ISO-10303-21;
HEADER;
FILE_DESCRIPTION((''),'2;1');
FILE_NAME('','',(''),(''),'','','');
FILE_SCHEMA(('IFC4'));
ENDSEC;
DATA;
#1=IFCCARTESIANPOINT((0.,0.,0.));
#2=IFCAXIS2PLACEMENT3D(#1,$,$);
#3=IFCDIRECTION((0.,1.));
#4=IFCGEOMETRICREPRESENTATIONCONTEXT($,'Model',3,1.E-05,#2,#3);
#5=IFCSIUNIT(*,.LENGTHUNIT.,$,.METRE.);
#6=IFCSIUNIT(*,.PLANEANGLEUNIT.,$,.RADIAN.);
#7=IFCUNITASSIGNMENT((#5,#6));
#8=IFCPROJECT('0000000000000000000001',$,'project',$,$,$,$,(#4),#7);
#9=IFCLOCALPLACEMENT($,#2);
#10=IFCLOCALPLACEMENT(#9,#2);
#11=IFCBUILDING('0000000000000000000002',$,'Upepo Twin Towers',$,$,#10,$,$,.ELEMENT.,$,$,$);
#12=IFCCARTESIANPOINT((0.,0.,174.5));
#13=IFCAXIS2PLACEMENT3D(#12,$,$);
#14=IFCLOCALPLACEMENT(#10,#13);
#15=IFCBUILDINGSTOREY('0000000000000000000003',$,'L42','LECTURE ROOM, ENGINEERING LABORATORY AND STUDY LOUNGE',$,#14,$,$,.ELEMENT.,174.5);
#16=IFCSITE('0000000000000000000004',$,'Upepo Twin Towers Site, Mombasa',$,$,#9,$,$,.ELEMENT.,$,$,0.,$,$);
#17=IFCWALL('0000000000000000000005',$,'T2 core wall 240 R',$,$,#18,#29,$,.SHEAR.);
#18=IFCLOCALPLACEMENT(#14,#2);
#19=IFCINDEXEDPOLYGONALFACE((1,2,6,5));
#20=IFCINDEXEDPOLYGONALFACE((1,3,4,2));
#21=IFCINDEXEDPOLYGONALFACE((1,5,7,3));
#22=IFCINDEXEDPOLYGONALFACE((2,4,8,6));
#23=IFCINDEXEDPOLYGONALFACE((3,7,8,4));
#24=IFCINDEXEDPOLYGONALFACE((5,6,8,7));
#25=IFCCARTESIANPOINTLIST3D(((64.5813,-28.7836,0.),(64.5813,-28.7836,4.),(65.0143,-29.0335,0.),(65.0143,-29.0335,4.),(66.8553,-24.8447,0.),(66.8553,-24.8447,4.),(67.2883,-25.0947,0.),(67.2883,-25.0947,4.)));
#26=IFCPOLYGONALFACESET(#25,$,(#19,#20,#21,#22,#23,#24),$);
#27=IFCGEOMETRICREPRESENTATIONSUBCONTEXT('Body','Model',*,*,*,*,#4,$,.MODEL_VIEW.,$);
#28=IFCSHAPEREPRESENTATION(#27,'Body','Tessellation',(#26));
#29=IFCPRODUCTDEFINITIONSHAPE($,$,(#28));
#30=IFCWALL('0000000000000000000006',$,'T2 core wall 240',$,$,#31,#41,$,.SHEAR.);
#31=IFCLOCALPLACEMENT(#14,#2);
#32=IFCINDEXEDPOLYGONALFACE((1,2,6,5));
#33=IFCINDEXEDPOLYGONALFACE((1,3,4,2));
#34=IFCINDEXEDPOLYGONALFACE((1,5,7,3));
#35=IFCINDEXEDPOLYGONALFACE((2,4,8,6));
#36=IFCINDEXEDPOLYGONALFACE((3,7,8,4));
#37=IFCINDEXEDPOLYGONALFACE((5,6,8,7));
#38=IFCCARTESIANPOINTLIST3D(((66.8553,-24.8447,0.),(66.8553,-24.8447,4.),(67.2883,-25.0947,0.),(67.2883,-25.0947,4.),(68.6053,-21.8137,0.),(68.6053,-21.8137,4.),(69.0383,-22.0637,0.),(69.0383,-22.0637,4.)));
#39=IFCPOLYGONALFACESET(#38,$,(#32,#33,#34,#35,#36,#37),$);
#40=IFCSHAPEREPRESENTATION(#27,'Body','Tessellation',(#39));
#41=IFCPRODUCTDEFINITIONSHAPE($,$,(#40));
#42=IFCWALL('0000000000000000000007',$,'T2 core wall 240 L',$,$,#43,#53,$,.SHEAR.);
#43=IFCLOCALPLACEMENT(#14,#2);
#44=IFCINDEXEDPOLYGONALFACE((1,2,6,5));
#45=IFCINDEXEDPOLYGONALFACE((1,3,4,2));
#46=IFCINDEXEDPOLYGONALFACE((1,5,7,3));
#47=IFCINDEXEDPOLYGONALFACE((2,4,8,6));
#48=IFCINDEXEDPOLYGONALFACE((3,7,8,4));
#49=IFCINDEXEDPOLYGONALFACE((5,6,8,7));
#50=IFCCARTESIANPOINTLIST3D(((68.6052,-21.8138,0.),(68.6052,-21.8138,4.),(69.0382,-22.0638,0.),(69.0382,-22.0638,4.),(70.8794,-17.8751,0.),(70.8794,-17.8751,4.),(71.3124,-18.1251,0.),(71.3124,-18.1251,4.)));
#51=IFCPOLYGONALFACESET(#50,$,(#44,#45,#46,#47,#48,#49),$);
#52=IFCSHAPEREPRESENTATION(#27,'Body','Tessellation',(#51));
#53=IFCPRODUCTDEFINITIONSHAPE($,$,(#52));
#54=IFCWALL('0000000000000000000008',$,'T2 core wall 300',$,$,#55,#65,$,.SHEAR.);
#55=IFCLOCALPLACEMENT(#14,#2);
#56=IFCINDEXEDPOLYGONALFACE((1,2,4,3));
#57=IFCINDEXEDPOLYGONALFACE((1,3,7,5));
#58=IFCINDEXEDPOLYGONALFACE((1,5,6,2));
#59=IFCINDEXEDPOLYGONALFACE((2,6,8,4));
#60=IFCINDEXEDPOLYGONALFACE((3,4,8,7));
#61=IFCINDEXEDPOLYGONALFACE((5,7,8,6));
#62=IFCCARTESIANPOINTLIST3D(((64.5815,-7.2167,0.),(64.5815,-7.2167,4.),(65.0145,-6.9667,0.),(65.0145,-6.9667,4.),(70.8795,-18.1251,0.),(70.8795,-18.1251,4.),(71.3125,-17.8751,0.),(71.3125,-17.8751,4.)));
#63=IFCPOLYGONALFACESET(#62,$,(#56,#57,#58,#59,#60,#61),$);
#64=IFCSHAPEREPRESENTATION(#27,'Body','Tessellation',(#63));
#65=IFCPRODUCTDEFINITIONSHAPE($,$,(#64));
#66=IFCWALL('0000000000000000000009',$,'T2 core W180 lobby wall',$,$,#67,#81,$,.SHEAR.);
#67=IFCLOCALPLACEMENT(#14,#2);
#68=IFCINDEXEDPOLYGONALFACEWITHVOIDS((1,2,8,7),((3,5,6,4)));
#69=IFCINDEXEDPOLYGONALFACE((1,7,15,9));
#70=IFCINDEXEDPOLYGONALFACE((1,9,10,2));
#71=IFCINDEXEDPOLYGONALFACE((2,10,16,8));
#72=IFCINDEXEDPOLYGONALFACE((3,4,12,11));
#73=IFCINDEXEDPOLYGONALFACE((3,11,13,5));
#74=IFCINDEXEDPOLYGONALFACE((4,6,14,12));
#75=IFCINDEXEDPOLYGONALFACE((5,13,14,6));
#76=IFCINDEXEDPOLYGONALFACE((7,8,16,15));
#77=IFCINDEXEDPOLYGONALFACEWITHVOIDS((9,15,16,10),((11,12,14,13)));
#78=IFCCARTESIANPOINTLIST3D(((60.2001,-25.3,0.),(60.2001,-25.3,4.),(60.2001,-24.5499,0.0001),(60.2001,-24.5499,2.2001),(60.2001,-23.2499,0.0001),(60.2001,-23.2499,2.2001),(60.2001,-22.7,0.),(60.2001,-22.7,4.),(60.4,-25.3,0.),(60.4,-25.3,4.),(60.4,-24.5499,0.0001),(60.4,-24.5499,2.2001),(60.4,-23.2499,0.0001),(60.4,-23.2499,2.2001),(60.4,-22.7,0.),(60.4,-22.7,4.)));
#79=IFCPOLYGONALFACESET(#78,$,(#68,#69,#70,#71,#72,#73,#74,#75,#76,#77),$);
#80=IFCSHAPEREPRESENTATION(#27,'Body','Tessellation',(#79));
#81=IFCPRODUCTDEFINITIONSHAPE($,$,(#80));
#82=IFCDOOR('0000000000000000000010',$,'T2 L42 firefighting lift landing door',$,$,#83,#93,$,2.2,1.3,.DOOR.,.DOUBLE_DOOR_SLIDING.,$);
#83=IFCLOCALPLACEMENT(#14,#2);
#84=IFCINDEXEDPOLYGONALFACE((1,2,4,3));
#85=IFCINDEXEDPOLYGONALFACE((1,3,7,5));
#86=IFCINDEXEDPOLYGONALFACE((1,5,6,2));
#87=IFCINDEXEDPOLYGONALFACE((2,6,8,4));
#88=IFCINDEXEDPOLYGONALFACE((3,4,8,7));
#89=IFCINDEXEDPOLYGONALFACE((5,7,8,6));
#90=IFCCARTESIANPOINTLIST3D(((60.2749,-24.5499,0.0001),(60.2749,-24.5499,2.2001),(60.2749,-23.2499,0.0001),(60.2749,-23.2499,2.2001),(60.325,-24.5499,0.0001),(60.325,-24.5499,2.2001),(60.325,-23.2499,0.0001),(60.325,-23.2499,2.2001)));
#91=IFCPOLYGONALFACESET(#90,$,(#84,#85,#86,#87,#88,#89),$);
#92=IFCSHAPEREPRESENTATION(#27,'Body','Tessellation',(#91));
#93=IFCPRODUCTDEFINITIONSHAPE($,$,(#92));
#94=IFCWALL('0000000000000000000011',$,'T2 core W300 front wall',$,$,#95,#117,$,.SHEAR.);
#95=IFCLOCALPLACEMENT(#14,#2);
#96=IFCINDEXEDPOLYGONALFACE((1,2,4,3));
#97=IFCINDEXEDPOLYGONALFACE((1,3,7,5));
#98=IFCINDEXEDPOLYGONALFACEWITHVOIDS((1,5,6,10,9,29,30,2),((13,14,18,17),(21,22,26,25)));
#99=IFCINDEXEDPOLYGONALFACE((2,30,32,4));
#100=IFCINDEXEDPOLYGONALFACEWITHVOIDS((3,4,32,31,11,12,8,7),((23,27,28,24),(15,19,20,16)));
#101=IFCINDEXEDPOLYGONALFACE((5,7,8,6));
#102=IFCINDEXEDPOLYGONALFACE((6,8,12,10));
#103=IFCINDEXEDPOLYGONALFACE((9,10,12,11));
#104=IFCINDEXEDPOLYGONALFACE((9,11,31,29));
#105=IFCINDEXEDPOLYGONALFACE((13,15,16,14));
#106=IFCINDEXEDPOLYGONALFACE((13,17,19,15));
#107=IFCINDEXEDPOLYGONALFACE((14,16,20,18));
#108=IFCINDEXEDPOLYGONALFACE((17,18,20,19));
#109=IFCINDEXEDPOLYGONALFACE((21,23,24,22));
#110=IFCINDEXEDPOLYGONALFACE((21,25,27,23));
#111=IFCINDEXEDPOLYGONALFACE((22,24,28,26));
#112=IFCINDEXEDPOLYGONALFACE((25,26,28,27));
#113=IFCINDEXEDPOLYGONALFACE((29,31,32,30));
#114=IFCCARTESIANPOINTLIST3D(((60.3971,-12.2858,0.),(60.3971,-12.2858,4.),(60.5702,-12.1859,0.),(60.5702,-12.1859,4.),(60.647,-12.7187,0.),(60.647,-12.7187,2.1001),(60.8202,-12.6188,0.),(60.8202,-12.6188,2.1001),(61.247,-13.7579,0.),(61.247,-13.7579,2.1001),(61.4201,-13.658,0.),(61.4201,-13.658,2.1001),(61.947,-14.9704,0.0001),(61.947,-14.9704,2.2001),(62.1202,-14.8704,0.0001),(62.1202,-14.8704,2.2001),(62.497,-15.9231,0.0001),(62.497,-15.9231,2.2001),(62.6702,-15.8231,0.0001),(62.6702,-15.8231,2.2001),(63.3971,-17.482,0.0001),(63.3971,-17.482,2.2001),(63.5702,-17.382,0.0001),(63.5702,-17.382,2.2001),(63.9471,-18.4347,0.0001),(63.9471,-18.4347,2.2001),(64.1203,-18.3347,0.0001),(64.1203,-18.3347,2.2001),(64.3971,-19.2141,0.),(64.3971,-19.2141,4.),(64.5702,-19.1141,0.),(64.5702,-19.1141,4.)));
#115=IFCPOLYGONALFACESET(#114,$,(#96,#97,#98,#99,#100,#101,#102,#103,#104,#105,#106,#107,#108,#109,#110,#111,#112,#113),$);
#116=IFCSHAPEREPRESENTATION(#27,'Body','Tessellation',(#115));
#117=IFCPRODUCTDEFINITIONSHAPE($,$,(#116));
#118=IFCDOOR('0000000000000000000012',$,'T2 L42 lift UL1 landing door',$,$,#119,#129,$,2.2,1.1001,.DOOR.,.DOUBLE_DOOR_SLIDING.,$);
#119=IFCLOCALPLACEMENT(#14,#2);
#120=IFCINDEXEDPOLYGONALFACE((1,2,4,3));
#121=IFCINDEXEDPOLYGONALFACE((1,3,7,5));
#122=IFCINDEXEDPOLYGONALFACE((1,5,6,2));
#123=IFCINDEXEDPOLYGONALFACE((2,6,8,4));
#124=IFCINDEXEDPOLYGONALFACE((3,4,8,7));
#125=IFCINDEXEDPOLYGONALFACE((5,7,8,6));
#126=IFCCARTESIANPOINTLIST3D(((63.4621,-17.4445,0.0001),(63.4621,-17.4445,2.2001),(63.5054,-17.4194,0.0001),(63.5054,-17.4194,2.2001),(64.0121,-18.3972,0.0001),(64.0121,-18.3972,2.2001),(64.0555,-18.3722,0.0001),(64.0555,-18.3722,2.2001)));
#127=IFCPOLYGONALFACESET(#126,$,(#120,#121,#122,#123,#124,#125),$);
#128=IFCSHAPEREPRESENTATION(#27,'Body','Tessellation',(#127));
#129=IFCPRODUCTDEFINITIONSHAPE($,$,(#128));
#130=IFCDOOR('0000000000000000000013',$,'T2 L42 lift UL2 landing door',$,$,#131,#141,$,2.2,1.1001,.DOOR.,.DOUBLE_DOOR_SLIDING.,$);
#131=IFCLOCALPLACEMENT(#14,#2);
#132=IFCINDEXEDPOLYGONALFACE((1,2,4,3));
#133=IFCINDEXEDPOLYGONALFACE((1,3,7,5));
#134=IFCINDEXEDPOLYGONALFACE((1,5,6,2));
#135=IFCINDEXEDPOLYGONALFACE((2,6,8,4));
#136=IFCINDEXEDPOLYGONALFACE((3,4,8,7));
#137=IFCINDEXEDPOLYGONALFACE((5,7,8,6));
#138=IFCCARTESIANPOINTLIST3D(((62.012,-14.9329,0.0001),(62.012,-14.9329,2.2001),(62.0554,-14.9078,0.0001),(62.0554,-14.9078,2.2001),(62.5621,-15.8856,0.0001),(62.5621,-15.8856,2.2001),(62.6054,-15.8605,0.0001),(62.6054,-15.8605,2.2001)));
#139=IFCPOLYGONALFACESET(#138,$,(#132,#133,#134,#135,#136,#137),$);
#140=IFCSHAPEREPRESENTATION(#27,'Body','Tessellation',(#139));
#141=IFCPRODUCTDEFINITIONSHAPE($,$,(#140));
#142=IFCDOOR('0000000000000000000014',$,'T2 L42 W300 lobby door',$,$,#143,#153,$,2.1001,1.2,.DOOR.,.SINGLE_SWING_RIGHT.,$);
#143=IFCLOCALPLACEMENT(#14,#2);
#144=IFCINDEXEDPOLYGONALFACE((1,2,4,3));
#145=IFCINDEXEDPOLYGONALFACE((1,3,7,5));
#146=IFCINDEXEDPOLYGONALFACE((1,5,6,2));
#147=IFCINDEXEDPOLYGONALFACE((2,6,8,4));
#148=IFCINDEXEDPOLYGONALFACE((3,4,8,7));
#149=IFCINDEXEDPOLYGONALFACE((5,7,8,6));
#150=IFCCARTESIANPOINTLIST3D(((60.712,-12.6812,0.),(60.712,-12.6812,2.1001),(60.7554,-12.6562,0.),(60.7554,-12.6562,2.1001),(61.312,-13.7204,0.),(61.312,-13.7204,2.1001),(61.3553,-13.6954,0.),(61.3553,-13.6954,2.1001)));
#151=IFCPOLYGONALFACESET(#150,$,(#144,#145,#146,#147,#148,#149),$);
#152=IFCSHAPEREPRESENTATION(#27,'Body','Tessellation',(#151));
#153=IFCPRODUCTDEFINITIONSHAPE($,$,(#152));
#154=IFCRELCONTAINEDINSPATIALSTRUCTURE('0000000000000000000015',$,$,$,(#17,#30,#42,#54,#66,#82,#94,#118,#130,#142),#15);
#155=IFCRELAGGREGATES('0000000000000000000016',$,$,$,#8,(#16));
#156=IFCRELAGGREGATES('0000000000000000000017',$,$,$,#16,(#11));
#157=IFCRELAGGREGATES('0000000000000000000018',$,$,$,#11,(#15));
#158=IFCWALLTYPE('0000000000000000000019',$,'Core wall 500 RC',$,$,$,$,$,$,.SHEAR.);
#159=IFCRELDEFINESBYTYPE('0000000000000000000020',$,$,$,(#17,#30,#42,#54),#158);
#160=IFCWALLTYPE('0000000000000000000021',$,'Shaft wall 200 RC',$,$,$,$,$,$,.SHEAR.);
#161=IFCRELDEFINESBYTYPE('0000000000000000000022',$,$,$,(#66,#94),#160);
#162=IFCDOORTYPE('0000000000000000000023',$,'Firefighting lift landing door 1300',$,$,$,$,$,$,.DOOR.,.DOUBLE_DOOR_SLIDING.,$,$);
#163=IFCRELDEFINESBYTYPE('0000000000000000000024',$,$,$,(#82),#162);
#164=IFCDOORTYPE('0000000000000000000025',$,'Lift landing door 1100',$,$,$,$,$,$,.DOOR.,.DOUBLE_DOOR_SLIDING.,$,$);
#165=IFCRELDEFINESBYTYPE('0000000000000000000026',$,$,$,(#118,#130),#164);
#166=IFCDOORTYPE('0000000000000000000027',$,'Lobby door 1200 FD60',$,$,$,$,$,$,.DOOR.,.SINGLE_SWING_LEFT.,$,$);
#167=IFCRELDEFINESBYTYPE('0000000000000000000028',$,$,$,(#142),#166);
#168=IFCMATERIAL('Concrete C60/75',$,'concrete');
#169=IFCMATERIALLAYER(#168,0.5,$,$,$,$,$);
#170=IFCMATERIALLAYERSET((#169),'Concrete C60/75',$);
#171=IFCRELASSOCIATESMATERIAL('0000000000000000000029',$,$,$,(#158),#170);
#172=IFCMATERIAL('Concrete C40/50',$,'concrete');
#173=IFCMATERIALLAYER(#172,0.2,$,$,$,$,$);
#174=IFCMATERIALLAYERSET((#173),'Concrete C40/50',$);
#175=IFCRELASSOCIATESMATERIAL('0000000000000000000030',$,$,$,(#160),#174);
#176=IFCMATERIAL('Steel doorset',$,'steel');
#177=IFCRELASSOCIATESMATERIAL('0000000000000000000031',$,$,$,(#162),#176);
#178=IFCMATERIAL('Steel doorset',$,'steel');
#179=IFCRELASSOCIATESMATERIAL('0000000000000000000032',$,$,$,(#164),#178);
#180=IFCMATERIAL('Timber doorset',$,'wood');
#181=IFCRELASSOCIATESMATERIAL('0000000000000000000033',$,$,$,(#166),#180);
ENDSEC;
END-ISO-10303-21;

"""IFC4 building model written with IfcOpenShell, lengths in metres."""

from ifc_helpers import new_model, si_unit, direction, frame, frame_2d, origin, place, context, subcontext, project, spatial, rectangle, extrude, material, layer, layer_set, type_object, element, fill, save


model = new_model("IFC4")

# Units and contexts
model_context = context("Model", 3, precision=1e-05, world=origin(), true_north=direction((0.0, 1.0)))
body_context = subcontext(model_context, "Body", "Model", "MODEL_VIEW")
ifc_project = project(units=[si_unit("LENGTHUNIT", "METRE"), si_unit("PLANEANGLEUNIT", "RADIAN")], contexts=[model_context])

# Site, building, storey
site_placement = place(None, origin())
site = spatial("IfcSite", under=ifc_project, at=site_placement, Name="Upepo Twin Towers Site, Mombasa", CompositionType="ELEMENT", RefElevation=0.0)
building_placement = place(site_placement, origin())
building = spatial("IfcBuilding", under=site, at=building_placement, Name="Upepo Twin Towers", CompositionType="ELEMENT")
storey_placement = place(building_placement, frame((0.0, 0.0, 174.5)))
storey = spatial("IfcBuildingStorey", under=building, at=storey_placement, Name="L42", Description="LECTURE ROOM, ENGINEERING LABORATORY AND STUDY LOUNGE", CompositionType="ELEMENT", Elevation=174.5)

# Walls
ifc_material_1 = material(Name="Concrete C60/75", Category="concrete")
ifc_layer_1 = layer(ifc_material_1, 0.5)
ifc_layer_set_1 = layer_set([ifc_layer_1], Name="Concrete C60/75")
wall_type_1 = type_object("IfcWallType", Name="Core wall 500 RC", PredefinedType="SHEAR", material=ifc_layer_set_1)
wall_1_placement = place(storey_placement, frame((64.7979, -28.9084, 0.0), z_axis=(0.0, 0.0, 1.0), x_axis=(0.499984, 0.866035, 0.0)))
element("IfcWall", 1, at=wall_1_placement, inside=storey, type_object=wall_type_1, Name="T2 core wall 240 R", PredefinedType="SHEAR", context=body_context, shape_type="SweptSolid", body=[
    extrude(rectangle(XDim=4.5481, YDim=0.5, at=frame_2d((2.2739, 0.0))), origin(), (0.0, 0.0, 1.0), 4.0),
])
wall_2_placement = place(storey_placement, frame((67.0718, -24.9697, 0.0), z_axis=(0.0, 0.0, 1.0), x_axis=(0.50001, 0.866019, 0.0)))
element("IfcWall", 2, at=wall_2_placement, inside=storey, type_object=wall_type_1, Name="T2 core wall 240", PredefinedType="SHEAR", context=body_context, shape_type="SweptSolid", body=[
    extrude(rectangle(XDim=3.5, YDim=0.5, at=frame_2d((1.75, 0.0))), origin(), (0.0, 0.0, 1.0), 4.0),
])
wall_3_placement = place(storey_placement, frame((68.8218, -21.9387, 0.0), z_axis=(0.0, 0.0, 1.0), x_axis=(0.500024, 0.866011, 0.0)))
element("IfcWall", 3, at=wall_3_placement, inside=storey, type_object=wall_type_1, Name="T2 core wall 240 L", PredefinedType="SHEAR", context=body_context, shape_type="SweptSolid", body=[
    extrude(rectangle(XDim=4.5481, YDim=0.5, at=frame_2d((2.2739, 0.0))), origin(), (0.0, 0.0, 1.0), 4.0),
])
wall_4_placement = place(storey_placement, frame((71.0959, -18.0, 0.0), z_axis=(0.0, 0.0, 1.0), x_axis=(-0.500006, 0.866022, 0.0)))
element("IfcWall", 4, at=wall_4_placement, inside=storey, type_object=wall_type_1, Name="T2 core wall 300", PredefinedType="SHEAR", context=body_context, shape_type="SweptSolid", body=[
    extrude(rectangle(XDim=12.5959, YDim=0.5, at=frame_2d((6.2979, 0.0))), origin(), (0.0, 0.0, 1.0), 4.0),
])

# Wall, opening, door
ifc_material_2 = material(Name="Concrete C40/50", Category="concrete")
ifc_layer_2 = layer(ifc_material_2, 0.2)
ifc_layer_set_2 = layer_set([ifc_layer_2], Name="Concrete C40/50")
wall_type_2 = type_object("IfcWallType", Name="Shaft wall 200 RC", PredefinedType="SHEAR", material=ifc_layer_set_2)
wall_5_placement = place(storey_placement, frame((60.3, -22.7, 0.0), z_axis=(0.0, 0.0, 1.0), x_axis=(0.0, -1.0, 0.0)))
wall_5 = element("IfcWall", 5, at=wall_5_placement, inside=storey, type_object=wall_type_2, Name="T2 core W180 lobby wall", PredefinedType="SHEAR", context=body_context, shape_type="SweptSolid", body=[
    extrude(rectangle(XDim=2.6001, YDim=0.2, at=frame_2d((1.3, 0.0))), origin(), (0.0, 0.0, 1.0), 4.0),
])
opening_1_placement = place(wall_5_placement, frame((0.55, 0.0, 0.0)))
opening_1 = element("IfcOpeningElement", 6, at=opening_1_placement, cuts=wall_5, PredefinedType="OPENING", context=body_context, shape_type="SweptSolid", body=[
    extrude(rectangle(XDim=1.3, YDim=2.2, at=frame_2d((0.6499, 1.1001))), frame((0.0, 0.1099, 0.0), z_axis=(0.0, -1.0, 0.0), x_axis=(1.0, 0.0, 0.0)), (0.0, 0.0, 1.0), 0.22),
])
ifc_material_3 = material(Name="Steel doorset", Category="steel")
door_type_1 = type_object("IfcDoorType", Name="Firefighting lift landing door 1300", OperationType="DOUBLE_DOOR_SLIDING", PredefinedType="DOOR", material=ifc_material_3)
door_1_placement = place(opening_1_placement, origin())
door_1 = element("IfcDoor", 7, at=door_1_placement, inside=storey, type_object=door_type_1, Name="T2 L42 firefighting lift landing door", OperationType="DOUBLE_DOOR_SLIDING", OverallHeight=2.2, OverallWidth=1.3, PredefinedType="DOOR", context=body_context, shape_type="SweptSolid", body=[
    extrude(rectangle(XDim=1.3, YDim=2.2, at=frame_2d((0.6499, 1.1001))), frame((0.0, 0.0249, 0.0), z_axis=(0.0, -1.0, 0.0), x_axis=(1.0, 0.0, 0.0)), (0.0, 0.0, 1.0), 0.05),
])
fill(opening_1, door_1)

# Wall, openings, doors
wall_6_placement = place(storey_placement, frame((64.4836, -19.1641, 0.0), z_axis=(0.0, 0.0, 1.0), x_axis=(-0.499999, 0.866026, 0.0)))
wall_6 = element("IfcWall", 8, at=wall_6_placement, inside=storey, type_object=wall_type_2, Name="T2 core W300 front wall", PredefinedType="SHEAR", context=body_context, shape_type="SweptSolid", body=[
    extrude(rectangle(XDim=8.0, YDim=0.2, at=frame_2d((4.0, 0.0))), origin(), (0.0, 0.0, 1.0), 4.0),
])
opening_2_placement = place(wall_6_placement, frame((6.3, 0.0, 0.0)))
opening_2 = element("IfcOpeningElement", 9, at=opening_2_placement, cuts=wall_6, PredefinedType="OPENING", context=body_context, shape_type="SweptSolid", body=[
    extrude(rectangle(XDim=1.2, YDim=2.1001, at=frame_2d((0.6001, 1.05))), frame((0.0, 0.1099, 0.0), z_axis=(0.0, -1.0, 0.0), x_axis=(1.0, 0.0, 0.0)), (0.0, 0.0, 1.0), 0.22),
])
opening_3_placement = place(wall_6_placement, frame((0.8999, 0.0, 0.0)))
opening_3 = element("IfcOpeningElement", 10, at=opening_3_placement, cuts=wall_6, PredefinedType="OPENING", context=body_context, shape_type="SweptSolid", body=[
    extrude(rectangle(XDim=1.1001, YDim=2.2, at=frame_2d((0.55, 1.1001))), frame((0.0, 0.1099, 0.0), z_axis=(0.0, -1.0, 0.0), x_axis=(1.0, 0.0, 0.0)), (0.0, 0.0, 1.0), 0.22),
])
opening_4_placement = place(wall_6_placement, frame((3.8, 0.0, 0.0)))
opening_4 = element("IfcOpeningElement", 11, at=opening_4_placement, cuts=wall_6, PredefinedType="OPENING", context=body_context, shape_type="SweptSolid", body=[
    extrude(rectangle(XDim=1.1001, YDim=2.2, at=frame_2d((0.55, 1.1001))), frame((0.0, 0.1099, 0.0), z_axis=(0.0, -1.0, 0.0), x_axis=(1.0, 0.0, 0.0)), (0.0, 0.0, 1.0), 0.22),
])
ifc_material_4 = material(Name="Steel doorset", Category="steel")
door_type_2 = type_object("IfcDoorType", Name="Lift landing door 1100", OperationType="DOUBLE_DOOR_SLIDING", PredefinedType="DOOR", material=ifc_material_4)
door_2_placement = place(opening_3_placement, origin())
door_2 = element("IfcDoor", 12, at=door_2_placement, inside=storey, type_object=door_type_2, Name="T2 L42 lift UL1 landing door", OperationType="DOUBLE_DOOR_SLIDING", OverallHeight=2.2, OverallWidth=1.1001, PredefinedType="DOOR", context=body_context, shape_type="SweptSolid", body=[
    extrude(rectangle(XDim=1.1001, YDim=2.2, at=frame_2d((0.55, 1.1001))), frame((0.0, 0.0249, 0.0), z_axis=(0.0, -1.0, 0.0), x_axis=(1.0, 0.0, 0.0)), (0.0, 0.0, 1.0), 0.05),
])
fill(opening_3, door_2)
door_3_placement = place(opening_4_placement, origin())
door_3 = element("IfcDoor", 13, at=door_3_placement, inside=storey, type_object=door_type_2, Name="T2 L42 lift UL2 landing door", OperationType="DOUBLE_DOOR_SLIDING", OverallHeight=2.2, OverallWidth=1.1001, PredefinedType="DOOR", context=body_context, shape_type="SweptSolid", body=[
    extrude(rectangle(XDim=1.1001, YDim=2.2, at=frame_2d((0.55, 1.1001))), frame((0.0, 0.0249, 0.0), z_axis=(0.0, -1.0, 0.0), x_axis=(1.0, 0.0, 0.0)), (0.0, 0.0, 1.0), 0.05),
])
fill(opening_4, door_3)
ifc_material_5 = material(Name="Timber doorset", Category="wood")
door_type_3 = type_object("IfcDoorType", Name="Lobby door 1200 FD60", OperationType="SINGLE_SWING_LEFT", PredefinedType="DOOR", material=ifc_material_5)
door_4_placement = place(opening_2_placement, origin())
door_4 = element("IfcDoor", 14, at=door_4_placement, inside=storey, type_object=door_type_3, Name="T2 L42 W300 lobby door", OperationType="SINGLE_SWING_RIGHT", OverallHeight=2.1001, OverallWidth=1.2, PredefinedType="DOOR", context=body_context, shape_type="SweptSolid", body=[
    extrude(rectangle(XDim=1.2, YDim=2.1001, at=frame_2d((0.6001, 1.05))), frame((0.0, 0.0249, 0.0), z_axis=(0.0, -1.0, 0.0), x_axis=(1.0, 0.0, 0.0)), (0.0, 0.0, 1.0), 0.05),
])
fill(opening_2, door_4)

save(model, "model.ifc")
